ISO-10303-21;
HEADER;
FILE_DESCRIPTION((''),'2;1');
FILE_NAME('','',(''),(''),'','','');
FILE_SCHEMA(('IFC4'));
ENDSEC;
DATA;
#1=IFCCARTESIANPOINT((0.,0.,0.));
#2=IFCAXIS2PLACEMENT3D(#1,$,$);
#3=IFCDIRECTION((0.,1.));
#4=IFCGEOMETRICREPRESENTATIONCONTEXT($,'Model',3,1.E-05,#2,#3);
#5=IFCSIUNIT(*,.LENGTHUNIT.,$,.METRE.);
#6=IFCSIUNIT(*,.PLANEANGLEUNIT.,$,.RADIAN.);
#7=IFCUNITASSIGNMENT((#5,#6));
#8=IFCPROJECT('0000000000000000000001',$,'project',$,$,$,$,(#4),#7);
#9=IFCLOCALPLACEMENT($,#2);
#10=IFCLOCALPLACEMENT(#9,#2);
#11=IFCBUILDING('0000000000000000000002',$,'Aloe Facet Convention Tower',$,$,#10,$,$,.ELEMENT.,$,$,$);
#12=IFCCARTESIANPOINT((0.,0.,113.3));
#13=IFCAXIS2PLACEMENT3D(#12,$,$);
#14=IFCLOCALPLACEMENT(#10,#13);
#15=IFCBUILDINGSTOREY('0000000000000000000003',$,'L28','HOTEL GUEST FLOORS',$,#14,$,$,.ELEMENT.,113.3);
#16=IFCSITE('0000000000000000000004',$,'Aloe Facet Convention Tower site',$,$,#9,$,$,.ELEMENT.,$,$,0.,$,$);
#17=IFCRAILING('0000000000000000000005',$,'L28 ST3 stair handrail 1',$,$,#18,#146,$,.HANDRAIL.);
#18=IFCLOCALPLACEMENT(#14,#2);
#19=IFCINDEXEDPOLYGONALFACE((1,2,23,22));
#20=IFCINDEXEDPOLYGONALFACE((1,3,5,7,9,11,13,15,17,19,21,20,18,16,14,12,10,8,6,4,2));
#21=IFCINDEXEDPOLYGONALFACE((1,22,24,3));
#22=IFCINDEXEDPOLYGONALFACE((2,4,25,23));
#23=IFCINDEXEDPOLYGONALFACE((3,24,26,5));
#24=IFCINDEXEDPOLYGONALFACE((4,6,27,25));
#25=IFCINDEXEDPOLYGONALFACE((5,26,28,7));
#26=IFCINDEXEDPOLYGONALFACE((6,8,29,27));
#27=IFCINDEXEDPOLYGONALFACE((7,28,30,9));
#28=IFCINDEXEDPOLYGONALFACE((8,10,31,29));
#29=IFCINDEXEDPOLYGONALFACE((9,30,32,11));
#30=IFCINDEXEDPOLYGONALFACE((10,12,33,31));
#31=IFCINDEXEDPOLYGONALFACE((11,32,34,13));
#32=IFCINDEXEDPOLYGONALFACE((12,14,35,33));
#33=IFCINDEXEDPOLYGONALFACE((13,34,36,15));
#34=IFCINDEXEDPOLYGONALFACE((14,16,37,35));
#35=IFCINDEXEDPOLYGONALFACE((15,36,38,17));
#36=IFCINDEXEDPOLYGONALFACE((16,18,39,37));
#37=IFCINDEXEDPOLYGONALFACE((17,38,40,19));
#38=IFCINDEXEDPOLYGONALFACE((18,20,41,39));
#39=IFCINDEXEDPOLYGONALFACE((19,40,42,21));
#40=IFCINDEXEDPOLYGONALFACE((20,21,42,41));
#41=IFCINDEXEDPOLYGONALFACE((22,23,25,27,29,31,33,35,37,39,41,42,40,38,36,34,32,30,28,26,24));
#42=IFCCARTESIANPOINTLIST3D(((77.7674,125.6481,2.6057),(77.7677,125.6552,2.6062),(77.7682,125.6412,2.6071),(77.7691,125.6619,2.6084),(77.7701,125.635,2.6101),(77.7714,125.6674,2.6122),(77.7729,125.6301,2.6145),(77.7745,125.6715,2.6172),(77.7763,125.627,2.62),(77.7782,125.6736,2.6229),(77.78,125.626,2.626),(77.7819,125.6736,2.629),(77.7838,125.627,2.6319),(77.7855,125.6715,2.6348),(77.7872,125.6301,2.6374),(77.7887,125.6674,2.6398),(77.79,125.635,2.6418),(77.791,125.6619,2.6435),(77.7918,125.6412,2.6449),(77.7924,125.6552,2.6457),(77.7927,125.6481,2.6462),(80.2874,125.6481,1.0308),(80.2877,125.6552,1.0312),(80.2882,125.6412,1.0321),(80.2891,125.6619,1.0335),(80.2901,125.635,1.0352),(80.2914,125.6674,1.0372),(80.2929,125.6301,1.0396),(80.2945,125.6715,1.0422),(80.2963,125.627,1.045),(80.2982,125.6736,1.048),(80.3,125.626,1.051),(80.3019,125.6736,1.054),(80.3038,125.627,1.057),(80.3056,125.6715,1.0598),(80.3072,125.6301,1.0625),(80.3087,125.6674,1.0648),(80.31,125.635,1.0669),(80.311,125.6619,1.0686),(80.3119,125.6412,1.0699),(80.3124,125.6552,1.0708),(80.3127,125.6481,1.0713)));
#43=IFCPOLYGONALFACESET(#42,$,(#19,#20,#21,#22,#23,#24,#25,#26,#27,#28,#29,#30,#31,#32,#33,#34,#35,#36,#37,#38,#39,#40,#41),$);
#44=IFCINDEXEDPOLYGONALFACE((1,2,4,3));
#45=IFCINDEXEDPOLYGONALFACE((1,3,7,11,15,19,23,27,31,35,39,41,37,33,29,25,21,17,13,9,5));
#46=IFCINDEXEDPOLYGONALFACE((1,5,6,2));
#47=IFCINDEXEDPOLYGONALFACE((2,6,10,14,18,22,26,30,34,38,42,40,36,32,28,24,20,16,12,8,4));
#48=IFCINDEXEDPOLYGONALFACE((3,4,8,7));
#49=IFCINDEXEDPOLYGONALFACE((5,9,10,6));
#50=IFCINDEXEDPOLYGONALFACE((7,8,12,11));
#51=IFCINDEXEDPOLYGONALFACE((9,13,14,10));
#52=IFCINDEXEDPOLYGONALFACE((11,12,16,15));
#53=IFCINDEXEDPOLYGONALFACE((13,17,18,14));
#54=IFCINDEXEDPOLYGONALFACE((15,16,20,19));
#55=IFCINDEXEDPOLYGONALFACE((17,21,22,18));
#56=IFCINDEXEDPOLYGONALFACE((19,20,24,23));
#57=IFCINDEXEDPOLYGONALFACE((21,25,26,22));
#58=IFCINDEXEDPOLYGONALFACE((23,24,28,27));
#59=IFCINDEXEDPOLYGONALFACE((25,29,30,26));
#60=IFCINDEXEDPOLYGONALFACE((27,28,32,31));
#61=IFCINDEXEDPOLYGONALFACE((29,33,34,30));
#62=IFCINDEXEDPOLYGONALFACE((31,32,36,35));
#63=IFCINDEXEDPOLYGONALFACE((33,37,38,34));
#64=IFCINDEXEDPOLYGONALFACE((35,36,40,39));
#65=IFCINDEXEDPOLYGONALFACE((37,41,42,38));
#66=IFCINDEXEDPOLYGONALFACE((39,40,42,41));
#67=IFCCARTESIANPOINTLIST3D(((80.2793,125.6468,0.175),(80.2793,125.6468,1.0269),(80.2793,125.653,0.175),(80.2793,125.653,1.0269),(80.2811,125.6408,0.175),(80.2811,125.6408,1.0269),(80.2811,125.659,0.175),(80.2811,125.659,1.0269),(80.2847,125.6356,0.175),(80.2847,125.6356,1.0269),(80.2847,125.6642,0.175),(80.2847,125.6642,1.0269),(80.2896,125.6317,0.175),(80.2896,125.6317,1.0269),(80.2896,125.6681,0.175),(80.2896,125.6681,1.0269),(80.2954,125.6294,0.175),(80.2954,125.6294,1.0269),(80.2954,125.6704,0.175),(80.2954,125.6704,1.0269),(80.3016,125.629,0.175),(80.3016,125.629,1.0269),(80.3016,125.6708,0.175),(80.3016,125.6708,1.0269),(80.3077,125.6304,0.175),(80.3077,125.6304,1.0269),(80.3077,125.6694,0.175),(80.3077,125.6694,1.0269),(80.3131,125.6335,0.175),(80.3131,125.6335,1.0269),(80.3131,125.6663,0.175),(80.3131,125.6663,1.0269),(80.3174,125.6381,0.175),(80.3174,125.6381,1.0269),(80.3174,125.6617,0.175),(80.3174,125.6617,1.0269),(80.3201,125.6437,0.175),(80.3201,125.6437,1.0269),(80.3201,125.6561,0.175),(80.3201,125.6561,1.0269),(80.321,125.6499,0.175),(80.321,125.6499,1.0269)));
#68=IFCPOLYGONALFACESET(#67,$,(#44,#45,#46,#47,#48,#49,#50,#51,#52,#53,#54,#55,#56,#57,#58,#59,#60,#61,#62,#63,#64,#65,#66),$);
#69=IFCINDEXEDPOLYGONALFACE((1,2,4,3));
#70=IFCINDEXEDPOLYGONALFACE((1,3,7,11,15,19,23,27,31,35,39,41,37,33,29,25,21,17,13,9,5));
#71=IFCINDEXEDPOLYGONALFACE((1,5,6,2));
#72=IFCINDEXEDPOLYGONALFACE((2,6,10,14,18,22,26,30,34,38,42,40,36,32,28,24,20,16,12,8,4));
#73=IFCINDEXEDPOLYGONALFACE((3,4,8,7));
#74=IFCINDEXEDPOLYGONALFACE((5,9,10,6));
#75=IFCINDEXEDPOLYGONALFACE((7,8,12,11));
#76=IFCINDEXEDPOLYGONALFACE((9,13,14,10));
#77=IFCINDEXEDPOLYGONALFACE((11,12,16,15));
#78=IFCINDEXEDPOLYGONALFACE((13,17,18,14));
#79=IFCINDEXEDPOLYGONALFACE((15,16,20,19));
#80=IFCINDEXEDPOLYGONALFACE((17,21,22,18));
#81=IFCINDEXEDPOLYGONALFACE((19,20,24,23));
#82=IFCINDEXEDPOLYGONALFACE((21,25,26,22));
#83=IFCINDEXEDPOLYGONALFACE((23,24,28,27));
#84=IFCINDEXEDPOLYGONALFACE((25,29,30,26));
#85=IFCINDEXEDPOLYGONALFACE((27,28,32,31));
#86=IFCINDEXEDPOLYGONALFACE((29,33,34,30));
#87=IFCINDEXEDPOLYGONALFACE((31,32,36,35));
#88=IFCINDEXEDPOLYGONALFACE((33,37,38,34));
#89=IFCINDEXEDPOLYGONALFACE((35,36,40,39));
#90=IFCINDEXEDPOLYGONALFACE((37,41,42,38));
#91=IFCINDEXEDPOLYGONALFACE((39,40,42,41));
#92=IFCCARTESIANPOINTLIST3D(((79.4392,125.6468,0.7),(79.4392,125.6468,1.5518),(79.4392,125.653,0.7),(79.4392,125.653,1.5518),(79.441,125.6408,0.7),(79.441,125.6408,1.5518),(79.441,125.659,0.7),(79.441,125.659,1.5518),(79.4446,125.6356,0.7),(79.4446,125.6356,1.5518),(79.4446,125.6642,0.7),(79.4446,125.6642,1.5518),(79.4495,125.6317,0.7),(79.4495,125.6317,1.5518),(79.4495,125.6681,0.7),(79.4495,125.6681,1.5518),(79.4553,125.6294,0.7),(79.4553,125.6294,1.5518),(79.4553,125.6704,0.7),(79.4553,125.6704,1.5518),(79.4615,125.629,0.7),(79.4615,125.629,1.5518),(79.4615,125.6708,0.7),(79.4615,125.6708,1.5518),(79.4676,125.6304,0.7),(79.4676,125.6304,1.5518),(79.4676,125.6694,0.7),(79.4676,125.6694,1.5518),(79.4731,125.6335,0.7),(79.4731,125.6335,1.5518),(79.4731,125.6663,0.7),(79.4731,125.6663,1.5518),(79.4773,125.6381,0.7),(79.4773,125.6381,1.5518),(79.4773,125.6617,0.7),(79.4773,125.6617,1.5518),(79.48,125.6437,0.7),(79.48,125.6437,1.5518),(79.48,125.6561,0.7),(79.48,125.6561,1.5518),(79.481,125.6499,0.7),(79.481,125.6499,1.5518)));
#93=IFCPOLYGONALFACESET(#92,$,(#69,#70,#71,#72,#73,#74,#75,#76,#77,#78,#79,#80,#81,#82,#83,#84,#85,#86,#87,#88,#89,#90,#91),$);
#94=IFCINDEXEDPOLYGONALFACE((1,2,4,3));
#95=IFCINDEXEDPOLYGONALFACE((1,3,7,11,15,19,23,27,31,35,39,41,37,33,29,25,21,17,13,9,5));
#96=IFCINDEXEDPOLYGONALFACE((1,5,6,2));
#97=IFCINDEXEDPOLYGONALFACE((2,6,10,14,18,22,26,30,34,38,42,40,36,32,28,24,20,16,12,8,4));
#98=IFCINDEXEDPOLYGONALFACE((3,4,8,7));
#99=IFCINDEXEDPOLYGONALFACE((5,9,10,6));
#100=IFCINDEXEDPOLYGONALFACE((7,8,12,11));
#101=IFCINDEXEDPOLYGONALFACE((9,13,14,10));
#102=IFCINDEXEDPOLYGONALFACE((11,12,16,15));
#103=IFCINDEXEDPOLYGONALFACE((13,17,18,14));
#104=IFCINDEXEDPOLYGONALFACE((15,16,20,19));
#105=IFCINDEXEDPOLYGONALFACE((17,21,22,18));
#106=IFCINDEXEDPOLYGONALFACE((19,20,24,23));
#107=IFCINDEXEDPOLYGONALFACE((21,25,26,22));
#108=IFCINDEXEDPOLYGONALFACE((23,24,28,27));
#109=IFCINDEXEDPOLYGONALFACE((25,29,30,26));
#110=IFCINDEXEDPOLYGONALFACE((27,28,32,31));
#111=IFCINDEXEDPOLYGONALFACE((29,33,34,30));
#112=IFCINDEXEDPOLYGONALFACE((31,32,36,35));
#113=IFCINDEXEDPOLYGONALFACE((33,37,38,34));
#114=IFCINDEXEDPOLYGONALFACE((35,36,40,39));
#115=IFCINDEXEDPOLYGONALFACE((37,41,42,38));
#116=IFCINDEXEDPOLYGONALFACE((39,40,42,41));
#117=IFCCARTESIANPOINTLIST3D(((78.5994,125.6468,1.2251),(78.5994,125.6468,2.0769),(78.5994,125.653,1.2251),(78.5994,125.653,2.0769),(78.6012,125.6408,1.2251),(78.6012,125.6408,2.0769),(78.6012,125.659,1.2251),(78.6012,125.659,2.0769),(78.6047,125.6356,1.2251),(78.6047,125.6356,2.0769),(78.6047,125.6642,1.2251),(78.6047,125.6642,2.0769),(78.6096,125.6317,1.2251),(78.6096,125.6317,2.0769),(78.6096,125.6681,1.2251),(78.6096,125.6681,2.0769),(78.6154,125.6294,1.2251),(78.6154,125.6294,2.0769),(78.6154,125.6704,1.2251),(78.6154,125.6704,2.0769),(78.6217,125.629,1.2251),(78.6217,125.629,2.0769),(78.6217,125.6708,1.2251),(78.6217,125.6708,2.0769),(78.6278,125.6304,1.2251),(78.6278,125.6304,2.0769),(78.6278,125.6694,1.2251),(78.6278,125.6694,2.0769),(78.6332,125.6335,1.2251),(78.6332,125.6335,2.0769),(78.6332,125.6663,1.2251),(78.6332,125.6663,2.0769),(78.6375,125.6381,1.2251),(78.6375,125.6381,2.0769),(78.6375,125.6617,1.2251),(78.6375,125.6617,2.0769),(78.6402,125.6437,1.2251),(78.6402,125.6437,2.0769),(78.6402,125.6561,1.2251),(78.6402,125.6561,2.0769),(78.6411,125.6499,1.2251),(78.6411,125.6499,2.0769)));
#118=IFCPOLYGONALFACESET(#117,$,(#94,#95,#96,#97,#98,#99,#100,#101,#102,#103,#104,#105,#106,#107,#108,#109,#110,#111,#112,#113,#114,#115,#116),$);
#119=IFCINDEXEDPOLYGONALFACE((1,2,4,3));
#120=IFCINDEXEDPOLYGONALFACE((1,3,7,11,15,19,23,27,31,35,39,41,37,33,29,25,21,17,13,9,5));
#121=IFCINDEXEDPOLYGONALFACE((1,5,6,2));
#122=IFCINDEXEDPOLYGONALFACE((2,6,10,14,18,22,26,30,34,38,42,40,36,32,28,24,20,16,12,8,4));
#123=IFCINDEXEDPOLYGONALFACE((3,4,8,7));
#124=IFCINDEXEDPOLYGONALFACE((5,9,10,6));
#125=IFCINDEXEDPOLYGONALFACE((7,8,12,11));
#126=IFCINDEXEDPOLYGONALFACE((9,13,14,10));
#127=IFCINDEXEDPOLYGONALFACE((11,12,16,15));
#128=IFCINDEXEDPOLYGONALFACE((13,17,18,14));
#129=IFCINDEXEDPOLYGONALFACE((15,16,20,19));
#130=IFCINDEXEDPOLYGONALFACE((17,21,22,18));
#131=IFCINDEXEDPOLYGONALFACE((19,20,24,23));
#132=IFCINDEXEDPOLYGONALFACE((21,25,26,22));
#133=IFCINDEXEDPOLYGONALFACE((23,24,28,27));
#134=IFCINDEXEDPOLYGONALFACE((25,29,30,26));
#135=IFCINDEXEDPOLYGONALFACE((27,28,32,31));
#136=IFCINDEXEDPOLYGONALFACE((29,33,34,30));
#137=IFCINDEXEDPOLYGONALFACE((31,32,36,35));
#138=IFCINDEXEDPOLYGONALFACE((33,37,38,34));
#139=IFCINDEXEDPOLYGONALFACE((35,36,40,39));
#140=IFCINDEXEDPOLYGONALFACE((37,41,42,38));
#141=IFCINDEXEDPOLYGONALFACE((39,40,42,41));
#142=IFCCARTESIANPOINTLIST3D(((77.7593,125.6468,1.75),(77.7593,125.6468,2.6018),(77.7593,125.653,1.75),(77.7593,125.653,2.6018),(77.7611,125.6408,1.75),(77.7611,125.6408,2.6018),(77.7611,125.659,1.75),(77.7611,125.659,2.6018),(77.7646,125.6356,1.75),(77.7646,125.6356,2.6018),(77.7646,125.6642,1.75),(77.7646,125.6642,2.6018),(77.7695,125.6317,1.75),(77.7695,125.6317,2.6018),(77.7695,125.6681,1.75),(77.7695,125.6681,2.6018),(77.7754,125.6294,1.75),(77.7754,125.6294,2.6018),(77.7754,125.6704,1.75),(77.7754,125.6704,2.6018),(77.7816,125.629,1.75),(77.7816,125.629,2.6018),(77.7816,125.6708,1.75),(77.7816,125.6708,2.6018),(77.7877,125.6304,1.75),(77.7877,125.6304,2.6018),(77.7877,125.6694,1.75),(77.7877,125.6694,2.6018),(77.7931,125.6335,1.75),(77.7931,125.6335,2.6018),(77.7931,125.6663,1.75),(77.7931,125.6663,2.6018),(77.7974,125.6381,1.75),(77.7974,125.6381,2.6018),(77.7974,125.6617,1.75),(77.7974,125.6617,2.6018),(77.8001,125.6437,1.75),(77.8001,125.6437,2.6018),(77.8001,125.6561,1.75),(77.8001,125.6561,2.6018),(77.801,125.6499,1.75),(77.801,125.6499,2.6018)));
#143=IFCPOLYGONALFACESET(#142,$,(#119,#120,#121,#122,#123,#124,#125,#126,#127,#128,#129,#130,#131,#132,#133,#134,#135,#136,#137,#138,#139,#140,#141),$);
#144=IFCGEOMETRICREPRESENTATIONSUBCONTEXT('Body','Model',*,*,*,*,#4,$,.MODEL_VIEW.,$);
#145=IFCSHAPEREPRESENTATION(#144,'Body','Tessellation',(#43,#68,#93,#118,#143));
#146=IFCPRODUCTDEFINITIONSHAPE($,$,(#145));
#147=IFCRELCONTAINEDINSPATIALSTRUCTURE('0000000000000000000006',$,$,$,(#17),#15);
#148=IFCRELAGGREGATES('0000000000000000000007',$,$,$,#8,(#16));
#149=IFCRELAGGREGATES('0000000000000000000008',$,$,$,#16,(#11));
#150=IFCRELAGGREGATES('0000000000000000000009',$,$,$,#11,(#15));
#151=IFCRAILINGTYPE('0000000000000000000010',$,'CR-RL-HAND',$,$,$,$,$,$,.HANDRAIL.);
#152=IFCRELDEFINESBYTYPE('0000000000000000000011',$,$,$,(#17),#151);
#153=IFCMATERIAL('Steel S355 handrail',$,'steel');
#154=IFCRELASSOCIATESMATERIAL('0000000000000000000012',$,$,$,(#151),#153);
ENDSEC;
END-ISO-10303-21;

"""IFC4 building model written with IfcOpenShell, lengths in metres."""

from ifc_helpers import new_model, si_unit, direction, frame, origin, origin_2d, place, context, subcontext, project, spatial, circle, extrude, material, type_object, element, save


model = new_model("IFC4")

# Units and contexts
model_context = context("Model", 3, precision=1e-05, world=origin(), true_north=direction((0.0, 1.0)))
body_context = subcontext(model_context, "Body", "Model", "MODEL_VIEW")
ifc_project = project(units=[si_unit("LENGTHUNIT", "METRE"), si_unit("PLANEANGLEUNIT", "RADIAN")], contexts=[model_context])

# Site, building, storey
site_placement = place(None, origin())
site = spatial("IfcSite", under=ifc_project, at=site_placement, Name="Aloe Facet Convention Tower site", CompositionType="ELEMENT", RefElevation=0.0)
building_placement = place(site_placement, origin())
building = spatial("IfcBuilding", under=site, at=building_placement, Name="Aloe Facet Convention Tower", CompositionType="ELEMENT")
storey_placement = place(building_placement, frame((0.0, 0.0, 113.3)))
storey = spatial("IfcBuildingStorey", under=building, at=storey_placement, Name="L28", Description="HOTEL GUEST FLOORS", CompositionType="ELEMENT", Elevation=113.3)

# Railing
ifc_material_1 = material(Name="Steel S355 handrail", Category="steel")
railing_type_1 = type_object("IfcRailingType", Name="CR-RL-HAND", PredefinedType="HANDRAIL", material=ifc_material_1)
railing_1_placement = place(storey_placement, frame((80.3, 125.6499, 0.175)))
element("IfcRailing", 1, at=railing_1_placement, inside=storey, type_object=railing_type_1, Name="L28 ST3 stair handrail 1", PredefinedType="HANDRAIL", context=body_context, shape_type="SweptSolid", body=[
    extrude(circle(Radius=0.0239, at=origin_2d()), frame((0.0, 0.0, 0.876), z_axis=(-0.848008, 0.0, 0.529984), x_axis=(0.0, -1.0, 0.0)), (0.0, 0.0, 1.0), 2.9717),
    extrude(circle(Radius=0.021, at=origin_2d()), origin(), (0.0, 0.0, 1.0), 0.8518),
    extrude(circle(Radius=0.021, at=origin_2d()), frame((-0.8401, 0.0, 0.5249)), (0.0, 0.0, 1.0), 0.8518),
    extrude(circle(Radius=0.021, at=origin_2d()), frame((-1.6799, 0.0, 1.05)), (0.0, 0.0, 1.0), 0.8518),
    extrude(circle(Radius=0.021, at=origin_2d()), frame((-2.52, 0.0, 1.575)), (0.0, 0.0, 1.0), 0.8518),
])

save(model, "model.ifc")
